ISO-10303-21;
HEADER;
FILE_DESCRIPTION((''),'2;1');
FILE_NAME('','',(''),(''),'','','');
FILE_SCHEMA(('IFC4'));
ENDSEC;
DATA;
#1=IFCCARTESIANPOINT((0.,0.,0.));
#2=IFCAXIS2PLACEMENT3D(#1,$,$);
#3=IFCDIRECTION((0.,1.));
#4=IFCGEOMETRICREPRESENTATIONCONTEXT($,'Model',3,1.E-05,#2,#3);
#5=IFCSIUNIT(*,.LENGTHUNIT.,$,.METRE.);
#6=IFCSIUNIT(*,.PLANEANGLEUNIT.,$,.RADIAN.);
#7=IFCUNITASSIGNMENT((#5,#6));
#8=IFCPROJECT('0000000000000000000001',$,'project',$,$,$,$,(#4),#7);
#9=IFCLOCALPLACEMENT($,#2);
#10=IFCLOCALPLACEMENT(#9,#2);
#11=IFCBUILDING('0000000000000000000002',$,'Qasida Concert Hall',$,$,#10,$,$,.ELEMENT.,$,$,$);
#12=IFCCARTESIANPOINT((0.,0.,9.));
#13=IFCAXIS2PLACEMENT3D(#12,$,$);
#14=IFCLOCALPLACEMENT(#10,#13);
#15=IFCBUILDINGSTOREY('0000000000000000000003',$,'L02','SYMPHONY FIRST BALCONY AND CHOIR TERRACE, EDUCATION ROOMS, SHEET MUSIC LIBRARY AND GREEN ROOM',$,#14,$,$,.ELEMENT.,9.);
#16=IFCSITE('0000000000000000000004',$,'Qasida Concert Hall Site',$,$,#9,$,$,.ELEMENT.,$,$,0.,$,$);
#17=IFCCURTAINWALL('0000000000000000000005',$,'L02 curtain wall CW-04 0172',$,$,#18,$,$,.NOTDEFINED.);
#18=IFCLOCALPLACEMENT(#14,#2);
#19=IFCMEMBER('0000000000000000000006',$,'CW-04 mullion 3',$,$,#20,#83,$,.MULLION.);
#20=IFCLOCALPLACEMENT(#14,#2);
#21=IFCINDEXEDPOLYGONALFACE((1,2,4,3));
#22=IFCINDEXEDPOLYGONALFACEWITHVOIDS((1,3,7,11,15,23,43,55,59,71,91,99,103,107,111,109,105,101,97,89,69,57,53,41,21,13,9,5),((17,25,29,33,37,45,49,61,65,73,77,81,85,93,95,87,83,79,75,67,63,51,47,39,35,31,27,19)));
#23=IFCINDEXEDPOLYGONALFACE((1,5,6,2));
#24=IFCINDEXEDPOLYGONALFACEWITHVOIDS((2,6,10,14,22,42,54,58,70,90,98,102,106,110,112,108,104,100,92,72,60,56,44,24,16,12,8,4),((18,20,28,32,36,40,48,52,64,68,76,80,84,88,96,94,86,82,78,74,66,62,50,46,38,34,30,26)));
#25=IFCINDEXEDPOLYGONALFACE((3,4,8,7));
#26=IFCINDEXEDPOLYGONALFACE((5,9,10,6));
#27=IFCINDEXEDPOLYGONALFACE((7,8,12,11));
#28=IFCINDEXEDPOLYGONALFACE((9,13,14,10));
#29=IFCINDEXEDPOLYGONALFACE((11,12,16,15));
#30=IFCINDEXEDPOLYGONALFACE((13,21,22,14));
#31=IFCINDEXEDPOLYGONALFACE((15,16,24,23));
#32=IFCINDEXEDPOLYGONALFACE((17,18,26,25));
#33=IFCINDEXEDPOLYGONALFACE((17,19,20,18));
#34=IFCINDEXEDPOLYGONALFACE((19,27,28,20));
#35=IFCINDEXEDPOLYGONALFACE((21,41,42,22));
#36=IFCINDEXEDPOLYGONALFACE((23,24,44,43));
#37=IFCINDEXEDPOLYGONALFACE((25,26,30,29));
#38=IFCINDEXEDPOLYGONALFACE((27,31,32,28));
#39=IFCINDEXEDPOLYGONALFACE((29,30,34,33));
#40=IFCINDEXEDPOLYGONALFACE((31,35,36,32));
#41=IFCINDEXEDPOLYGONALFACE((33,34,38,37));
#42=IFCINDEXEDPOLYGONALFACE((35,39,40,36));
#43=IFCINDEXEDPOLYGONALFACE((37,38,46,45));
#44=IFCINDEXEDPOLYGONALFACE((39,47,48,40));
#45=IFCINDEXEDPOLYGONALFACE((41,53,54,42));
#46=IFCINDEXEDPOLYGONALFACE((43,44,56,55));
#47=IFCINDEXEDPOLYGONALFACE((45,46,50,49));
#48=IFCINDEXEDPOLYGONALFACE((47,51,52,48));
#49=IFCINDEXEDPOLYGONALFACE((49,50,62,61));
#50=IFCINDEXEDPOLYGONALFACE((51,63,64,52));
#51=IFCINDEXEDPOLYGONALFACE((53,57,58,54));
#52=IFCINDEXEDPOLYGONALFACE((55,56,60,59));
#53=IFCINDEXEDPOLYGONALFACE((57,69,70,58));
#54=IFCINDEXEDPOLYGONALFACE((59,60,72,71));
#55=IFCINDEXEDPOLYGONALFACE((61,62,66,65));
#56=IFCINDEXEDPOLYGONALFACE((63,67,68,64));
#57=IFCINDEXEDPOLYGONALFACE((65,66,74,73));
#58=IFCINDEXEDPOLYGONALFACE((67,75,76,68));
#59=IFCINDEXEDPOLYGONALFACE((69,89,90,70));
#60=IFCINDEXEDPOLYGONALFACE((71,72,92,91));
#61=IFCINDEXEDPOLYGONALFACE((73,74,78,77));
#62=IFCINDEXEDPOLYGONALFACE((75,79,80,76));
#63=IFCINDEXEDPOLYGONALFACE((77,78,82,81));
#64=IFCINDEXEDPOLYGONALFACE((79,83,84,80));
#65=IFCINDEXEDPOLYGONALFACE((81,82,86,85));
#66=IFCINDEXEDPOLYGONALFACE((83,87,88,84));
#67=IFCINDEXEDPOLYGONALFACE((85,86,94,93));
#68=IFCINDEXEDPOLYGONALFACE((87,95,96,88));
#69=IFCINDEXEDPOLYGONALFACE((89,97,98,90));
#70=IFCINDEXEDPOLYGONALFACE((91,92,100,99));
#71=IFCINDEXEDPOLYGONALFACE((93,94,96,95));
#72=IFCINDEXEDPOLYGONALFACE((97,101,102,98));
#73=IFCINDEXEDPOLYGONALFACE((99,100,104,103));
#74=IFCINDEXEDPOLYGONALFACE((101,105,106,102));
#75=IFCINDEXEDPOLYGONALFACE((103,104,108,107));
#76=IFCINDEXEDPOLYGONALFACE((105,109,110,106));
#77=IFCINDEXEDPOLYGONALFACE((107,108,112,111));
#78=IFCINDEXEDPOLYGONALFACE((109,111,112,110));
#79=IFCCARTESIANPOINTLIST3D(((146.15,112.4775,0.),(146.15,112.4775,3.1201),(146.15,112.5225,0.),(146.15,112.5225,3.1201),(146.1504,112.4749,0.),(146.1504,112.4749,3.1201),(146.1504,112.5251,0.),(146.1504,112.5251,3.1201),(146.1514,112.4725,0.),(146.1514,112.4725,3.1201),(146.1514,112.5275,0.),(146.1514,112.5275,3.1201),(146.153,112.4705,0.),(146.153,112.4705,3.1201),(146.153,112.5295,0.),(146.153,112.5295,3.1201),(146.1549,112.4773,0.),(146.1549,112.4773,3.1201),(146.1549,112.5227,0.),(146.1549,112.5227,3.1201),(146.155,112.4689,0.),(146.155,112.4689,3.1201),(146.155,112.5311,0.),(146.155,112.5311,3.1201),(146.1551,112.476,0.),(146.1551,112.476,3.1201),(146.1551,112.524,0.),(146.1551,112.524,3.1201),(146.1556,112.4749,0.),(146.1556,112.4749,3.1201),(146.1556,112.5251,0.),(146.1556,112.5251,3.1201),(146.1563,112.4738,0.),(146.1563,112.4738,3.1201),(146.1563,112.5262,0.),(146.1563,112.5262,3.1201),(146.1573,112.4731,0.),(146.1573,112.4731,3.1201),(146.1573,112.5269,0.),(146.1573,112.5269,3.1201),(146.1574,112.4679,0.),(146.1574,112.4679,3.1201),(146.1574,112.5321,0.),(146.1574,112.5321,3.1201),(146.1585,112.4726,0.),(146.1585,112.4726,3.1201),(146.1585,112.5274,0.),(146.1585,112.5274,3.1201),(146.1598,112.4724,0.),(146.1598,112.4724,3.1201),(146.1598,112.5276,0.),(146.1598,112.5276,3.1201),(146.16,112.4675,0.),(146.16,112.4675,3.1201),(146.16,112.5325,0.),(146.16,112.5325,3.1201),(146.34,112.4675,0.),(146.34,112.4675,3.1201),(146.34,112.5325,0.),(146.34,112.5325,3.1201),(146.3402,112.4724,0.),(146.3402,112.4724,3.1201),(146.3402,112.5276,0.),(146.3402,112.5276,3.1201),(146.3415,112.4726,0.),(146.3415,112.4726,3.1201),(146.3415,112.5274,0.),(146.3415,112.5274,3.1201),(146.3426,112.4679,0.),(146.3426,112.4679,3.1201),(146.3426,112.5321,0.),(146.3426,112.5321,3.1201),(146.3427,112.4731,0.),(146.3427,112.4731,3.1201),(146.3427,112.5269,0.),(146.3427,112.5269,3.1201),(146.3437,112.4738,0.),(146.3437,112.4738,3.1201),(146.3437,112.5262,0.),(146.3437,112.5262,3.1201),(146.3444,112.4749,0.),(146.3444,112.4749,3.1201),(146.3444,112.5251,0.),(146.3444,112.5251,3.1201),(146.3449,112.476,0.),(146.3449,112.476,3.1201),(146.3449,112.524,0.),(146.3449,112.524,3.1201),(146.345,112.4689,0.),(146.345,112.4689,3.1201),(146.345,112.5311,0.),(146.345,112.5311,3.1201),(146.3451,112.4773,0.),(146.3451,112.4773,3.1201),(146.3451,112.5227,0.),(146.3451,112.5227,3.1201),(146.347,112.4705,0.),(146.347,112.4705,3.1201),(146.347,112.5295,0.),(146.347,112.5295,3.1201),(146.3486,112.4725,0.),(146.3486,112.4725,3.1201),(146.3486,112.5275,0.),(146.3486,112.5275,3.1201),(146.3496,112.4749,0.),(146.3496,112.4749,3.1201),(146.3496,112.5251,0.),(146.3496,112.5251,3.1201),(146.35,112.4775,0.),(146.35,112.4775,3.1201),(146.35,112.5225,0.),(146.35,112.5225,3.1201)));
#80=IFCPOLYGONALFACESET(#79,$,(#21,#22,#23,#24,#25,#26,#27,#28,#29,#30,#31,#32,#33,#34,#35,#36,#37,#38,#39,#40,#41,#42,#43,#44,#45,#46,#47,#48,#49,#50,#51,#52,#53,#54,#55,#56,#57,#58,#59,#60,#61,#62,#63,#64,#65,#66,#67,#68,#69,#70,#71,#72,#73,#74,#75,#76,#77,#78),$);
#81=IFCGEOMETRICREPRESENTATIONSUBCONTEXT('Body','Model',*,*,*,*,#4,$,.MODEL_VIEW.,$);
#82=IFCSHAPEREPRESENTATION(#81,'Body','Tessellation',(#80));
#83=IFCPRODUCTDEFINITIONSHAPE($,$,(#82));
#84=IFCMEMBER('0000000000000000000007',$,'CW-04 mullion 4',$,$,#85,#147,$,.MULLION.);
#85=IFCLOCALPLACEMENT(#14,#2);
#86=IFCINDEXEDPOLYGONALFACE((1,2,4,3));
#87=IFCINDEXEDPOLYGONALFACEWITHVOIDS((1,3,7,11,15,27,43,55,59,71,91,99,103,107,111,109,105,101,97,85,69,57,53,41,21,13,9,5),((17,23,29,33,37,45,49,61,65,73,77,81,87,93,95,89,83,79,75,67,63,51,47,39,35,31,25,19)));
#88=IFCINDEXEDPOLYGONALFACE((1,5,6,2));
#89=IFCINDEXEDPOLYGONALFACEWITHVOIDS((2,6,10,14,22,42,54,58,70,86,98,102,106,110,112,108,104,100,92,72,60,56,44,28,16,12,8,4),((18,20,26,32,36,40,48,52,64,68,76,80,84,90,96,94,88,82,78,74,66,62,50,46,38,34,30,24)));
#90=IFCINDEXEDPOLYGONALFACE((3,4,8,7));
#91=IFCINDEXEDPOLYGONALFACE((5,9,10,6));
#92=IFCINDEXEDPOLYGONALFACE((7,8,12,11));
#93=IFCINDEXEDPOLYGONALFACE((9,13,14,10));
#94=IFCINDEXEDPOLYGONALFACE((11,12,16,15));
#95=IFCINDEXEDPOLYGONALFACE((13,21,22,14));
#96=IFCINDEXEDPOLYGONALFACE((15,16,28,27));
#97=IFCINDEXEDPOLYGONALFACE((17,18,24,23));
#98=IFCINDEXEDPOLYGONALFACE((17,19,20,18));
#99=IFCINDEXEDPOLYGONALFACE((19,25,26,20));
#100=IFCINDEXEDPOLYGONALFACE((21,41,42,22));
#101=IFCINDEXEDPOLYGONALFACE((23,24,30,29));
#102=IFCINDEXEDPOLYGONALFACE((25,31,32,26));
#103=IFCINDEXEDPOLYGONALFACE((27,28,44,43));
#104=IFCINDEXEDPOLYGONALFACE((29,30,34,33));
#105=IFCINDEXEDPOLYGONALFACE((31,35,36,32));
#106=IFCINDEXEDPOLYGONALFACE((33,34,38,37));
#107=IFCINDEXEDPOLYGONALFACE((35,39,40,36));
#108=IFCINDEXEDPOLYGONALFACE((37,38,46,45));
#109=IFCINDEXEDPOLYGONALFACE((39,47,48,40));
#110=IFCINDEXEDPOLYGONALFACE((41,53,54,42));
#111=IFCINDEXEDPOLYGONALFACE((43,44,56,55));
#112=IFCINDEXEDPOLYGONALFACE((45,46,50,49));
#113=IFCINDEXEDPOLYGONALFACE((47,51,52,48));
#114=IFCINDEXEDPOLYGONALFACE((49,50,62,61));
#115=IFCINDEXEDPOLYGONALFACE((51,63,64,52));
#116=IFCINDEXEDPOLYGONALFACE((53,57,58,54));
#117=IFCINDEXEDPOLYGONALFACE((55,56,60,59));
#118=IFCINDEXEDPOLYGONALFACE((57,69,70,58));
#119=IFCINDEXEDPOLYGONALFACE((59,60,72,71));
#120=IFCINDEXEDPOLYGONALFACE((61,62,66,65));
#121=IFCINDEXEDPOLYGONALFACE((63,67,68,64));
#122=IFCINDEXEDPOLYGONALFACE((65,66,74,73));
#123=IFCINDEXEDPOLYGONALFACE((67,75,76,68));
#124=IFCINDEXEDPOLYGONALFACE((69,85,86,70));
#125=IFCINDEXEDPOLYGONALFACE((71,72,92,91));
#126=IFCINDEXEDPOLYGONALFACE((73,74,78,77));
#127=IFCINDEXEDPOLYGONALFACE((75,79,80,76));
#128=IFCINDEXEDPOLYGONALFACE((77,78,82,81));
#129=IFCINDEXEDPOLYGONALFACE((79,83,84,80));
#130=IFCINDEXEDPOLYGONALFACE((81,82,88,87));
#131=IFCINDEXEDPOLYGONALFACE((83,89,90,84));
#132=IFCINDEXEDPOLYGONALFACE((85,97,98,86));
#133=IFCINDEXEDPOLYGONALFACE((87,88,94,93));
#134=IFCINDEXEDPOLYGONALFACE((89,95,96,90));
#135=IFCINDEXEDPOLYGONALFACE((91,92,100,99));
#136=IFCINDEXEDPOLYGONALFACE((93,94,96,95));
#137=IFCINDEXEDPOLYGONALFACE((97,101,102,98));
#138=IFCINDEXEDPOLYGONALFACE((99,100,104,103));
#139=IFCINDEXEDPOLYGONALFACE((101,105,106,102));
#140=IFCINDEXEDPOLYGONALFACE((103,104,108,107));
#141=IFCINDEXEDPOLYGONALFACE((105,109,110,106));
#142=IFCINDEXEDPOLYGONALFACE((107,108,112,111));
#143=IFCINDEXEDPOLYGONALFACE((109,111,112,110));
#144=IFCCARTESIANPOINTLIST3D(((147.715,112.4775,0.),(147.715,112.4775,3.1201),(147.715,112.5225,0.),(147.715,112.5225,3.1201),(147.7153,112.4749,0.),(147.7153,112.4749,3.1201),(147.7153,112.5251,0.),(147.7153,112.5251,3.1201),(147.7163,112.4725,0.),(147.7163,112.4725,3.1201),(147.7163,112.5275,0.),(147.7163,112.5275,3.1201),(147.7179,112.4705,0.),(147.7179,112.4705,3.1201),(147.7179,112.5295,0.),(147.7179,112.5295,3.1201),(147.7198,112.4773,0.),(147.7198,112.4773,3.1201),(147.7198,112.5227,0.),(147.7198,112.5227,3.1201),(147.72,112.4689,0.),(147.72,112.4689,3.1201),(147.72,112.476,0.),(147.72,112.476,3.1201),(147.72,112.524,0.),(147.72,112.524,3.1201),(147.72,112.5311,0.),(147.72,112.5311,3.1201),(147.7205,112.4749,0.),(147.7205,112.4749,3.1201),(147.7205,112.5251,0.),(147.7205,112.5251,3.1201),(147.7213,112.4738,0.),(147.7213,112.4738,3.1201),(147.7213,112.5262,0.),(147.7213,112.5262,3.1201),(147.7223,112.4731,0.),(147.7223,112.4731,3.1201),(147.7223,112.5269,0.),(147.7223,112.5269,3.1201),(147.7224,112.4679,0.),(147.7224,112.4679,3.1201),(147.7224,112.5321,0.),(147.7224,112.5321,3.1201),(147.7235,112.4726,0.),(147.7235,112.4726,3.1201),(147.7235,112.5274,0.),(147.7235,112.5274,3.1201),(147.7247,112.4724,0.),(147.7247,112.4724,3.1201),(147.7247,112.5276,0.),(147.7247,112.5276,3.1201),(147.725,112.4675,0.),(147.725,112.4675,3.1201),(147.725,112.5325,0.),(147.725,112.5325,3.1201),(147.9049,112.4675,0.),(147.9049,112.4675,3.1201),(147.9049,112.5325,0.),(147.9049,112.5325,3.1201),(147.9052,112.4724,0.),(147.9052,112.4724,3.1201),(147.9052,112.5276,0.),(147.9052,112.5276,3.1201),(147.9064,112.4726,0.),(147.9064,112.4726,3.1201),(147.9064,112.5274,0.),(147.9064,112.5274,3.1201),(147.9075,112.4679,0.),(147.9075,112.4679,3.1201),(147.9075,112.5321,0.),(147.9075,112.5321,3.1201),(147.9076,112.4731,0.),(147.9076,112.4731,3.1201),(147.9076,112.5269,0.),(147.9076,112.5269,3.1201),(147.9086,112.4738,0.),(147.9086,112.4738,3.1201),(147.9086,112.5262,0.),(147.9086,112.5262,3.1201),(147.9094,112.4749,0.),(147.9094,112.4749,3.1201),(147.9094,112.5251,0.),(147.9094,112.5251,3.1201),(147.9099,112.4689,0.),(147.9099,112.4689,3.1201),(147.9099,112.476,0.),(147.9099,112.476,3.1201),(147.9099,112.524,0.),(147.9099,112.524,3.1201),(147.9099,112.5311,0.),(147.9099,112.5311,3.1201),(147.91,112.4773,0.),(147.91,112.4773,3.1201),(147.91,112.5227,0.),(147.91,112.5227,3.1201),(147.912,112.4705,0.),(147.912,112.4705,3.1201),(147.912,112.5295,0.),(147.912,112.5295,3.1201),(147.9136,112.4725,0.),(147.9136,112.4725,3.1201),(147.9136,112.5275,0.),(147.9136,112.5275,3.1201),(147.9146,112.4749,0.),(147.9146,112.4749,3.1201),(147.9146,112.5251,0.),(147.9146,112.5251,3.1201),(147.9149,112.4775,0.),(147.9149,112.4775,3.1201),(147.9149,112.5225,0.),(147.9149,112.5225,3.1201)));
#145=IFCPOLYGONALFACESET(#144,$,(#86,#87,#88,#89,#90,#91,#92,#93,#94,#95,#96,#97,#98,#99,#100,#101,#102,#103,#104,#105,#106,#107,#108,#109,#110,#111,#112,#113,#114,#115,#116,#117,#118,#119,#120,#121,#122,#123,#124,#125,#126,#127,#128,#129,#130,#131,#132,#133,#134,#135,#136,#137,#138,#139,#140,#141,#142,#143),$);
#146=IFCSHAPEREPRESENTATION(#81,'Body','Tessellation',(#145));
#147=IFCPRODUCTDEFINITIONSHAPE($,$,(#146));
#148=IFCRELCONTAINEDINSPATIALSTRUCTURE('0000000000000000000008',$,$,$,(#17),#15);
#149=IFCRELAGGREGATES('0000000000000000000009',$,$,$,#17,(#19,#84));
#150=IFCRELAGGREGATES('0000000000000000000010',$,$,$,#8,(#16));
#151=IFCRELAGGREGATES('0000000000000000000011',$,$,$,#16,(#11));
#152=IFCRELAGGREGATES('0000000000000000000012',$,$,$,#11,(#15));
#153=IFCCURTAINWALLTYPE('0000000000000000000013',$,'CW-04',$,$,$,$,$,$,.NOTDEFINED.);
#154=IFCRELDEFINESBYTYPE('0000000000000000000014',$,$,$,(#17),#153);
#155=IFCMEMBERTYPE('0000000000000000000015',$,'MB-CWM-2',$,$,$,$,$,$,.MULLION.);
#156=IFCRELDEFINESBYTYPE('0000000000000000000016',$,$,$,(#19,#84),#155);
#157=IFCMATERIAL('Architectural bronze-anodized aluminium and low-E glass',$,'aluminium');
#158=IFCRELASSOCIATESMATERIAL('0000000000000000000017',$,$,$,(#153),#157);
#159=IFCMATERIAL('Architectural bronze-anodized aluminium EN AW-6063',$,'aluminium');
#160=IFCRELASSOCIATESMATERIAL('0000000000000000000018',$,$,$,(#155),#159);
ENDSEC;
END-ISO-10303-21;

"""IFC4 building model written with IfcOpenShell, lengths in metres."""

from ifc_helpers import new_model, si_unit, direction, frame, origin, origin_2d, place, context, subcontext, project, spatial, hollow_rectangle, extrude, material, material_profile, profile_set, type_object, element, aggregate, save


model = new_model("IFC4")

# Units and contexts
model_context = context("Model", 3, precision=1e-05, world=origin(), true_north=direction((0.0, 1.0)))
body_context = subcontext(model_context, "Body", "Model", "MODEL_VIEW")
ifc_project = project(units=[si_unit("LENGTHUNIT", "METRE"), si_unit("PLANEANGLEUNIT", "RADIAN")], contexts=[model_context])

# Site, building, storey
site_placement = place(None, origin())
site = spatial("IfcSite", under=ifc_project, at=site_placement, Name="Qasida Concert Hall Site", CompositionType="ELEMENT", RefElevation=0.0)
building_placement = place(site_placement, origin())
building = spatial("IfcBuilding", under=site, at=building_placement, Name="Qasida Concert Hall", CompositionType="ELEMENT")
storey_placement = place(building_placement, frame((0.0, 0.0, 9.0)))
storey = spatial("IfcBuildingStorey", under=building, at=storey_placement, Name="L02", Description="SYMPHONY FIRST BALCONY AND CHOIR TERRACE, EDUCATION ROOMS, SHEET MUSIC LIBRARY AND GREEN ROOM", CompositionType="ELEMENT", Elevation=9.0)

# Curtain wall, members
ifc_material_1 = material(Name="Architectural bronze-anodized aluminium and low-E glass", Category="aluminium")
curtain_wall_type = type_object("IfcCurtainWallType", Name="CW-04", PredefinedType="NOTDEFINED", material=ifc_material_1)
curtain_wall_placement = place(storey_placement, origin())
curtain_wall = element("IfcCurtainWall", 1, at=curtain_wall_placement, inside=storey, type_object=curtain_wall_type, Name="L02 curtain wall CW-04 0172", PredefinedType="NOTDEFINED")
ifc_material_2 = material(Name="Architectural bronze-anodized aluminium EN AW-6063", Category="aluminium")
ifc_material_profile_1 = material_profile(ifc_material_2, hollow_rectangle(XDim=0.0649, YDim=0.2, WallThickness=0.0049, InnerFilletRadius=0.0049, OuterFilletRadius=0.01, at=origin_2d()), Name="CWM 200x65x5")
ifc_profile_set_1 = profile_set([ifc_material_profile_1], Name="Architectural bronze-anodized aluminium EN AW-6063")
member_type_1 = type_object("IfcMemberType", Name="MB-CWM-2", PredefinedType="MULLION", material=ifc_profile_set_1)
member_1_placement = place(storey_placement, frame((146.25, 112.5, 0.0), z_axis=(0.0, 0.0, 1.0), x_axis=(0.0, 1.0, 0.0)))
member_1 = element("IfcMember", 2, at=member_1_placement, type_object=member_type_1, Name="CW-04 mullion 3", PredefinedType="MULLION", context=body_context, shape_type="SweptSolid", body=[
    extrude(hollow_rectangle(XDim=0.0649, YDim=0.2, WallThickness=0.0049, InnerFilletRadius=0.0049, OuterFilletRadius=0.01, at=origin_2d()), origin(), (0.0, 0.0, 1.0), 3.1201),
])
member_2_placement = place(storey_placement, frame((147.8149, 112.5, 0.0), z_axis=(0.0, 0.0, 1.0), x_axis=(0.0, 1.0, 0.0)))
member_2 = element("IfcMember", 3, at=member_2_placement, type_object=member_type_1, Name="CW-04 mullion 4", PredefinedType="MULLION", context=body_context, shape_type="SweptSolid", body=[
    extrude(hollow_rectangle(XDim=0.0649, YDim=0.2, WallThickness=0.0049, InnerFilletRadius=0.0049, OuterFilletRadius=0.01, at=origin_2d()), origin(), (0.0, 0.0, 1.0), 3.1201),
])
aggregate(curtain_wall, [member_1, member_2])

save(model, "model.ifc")
